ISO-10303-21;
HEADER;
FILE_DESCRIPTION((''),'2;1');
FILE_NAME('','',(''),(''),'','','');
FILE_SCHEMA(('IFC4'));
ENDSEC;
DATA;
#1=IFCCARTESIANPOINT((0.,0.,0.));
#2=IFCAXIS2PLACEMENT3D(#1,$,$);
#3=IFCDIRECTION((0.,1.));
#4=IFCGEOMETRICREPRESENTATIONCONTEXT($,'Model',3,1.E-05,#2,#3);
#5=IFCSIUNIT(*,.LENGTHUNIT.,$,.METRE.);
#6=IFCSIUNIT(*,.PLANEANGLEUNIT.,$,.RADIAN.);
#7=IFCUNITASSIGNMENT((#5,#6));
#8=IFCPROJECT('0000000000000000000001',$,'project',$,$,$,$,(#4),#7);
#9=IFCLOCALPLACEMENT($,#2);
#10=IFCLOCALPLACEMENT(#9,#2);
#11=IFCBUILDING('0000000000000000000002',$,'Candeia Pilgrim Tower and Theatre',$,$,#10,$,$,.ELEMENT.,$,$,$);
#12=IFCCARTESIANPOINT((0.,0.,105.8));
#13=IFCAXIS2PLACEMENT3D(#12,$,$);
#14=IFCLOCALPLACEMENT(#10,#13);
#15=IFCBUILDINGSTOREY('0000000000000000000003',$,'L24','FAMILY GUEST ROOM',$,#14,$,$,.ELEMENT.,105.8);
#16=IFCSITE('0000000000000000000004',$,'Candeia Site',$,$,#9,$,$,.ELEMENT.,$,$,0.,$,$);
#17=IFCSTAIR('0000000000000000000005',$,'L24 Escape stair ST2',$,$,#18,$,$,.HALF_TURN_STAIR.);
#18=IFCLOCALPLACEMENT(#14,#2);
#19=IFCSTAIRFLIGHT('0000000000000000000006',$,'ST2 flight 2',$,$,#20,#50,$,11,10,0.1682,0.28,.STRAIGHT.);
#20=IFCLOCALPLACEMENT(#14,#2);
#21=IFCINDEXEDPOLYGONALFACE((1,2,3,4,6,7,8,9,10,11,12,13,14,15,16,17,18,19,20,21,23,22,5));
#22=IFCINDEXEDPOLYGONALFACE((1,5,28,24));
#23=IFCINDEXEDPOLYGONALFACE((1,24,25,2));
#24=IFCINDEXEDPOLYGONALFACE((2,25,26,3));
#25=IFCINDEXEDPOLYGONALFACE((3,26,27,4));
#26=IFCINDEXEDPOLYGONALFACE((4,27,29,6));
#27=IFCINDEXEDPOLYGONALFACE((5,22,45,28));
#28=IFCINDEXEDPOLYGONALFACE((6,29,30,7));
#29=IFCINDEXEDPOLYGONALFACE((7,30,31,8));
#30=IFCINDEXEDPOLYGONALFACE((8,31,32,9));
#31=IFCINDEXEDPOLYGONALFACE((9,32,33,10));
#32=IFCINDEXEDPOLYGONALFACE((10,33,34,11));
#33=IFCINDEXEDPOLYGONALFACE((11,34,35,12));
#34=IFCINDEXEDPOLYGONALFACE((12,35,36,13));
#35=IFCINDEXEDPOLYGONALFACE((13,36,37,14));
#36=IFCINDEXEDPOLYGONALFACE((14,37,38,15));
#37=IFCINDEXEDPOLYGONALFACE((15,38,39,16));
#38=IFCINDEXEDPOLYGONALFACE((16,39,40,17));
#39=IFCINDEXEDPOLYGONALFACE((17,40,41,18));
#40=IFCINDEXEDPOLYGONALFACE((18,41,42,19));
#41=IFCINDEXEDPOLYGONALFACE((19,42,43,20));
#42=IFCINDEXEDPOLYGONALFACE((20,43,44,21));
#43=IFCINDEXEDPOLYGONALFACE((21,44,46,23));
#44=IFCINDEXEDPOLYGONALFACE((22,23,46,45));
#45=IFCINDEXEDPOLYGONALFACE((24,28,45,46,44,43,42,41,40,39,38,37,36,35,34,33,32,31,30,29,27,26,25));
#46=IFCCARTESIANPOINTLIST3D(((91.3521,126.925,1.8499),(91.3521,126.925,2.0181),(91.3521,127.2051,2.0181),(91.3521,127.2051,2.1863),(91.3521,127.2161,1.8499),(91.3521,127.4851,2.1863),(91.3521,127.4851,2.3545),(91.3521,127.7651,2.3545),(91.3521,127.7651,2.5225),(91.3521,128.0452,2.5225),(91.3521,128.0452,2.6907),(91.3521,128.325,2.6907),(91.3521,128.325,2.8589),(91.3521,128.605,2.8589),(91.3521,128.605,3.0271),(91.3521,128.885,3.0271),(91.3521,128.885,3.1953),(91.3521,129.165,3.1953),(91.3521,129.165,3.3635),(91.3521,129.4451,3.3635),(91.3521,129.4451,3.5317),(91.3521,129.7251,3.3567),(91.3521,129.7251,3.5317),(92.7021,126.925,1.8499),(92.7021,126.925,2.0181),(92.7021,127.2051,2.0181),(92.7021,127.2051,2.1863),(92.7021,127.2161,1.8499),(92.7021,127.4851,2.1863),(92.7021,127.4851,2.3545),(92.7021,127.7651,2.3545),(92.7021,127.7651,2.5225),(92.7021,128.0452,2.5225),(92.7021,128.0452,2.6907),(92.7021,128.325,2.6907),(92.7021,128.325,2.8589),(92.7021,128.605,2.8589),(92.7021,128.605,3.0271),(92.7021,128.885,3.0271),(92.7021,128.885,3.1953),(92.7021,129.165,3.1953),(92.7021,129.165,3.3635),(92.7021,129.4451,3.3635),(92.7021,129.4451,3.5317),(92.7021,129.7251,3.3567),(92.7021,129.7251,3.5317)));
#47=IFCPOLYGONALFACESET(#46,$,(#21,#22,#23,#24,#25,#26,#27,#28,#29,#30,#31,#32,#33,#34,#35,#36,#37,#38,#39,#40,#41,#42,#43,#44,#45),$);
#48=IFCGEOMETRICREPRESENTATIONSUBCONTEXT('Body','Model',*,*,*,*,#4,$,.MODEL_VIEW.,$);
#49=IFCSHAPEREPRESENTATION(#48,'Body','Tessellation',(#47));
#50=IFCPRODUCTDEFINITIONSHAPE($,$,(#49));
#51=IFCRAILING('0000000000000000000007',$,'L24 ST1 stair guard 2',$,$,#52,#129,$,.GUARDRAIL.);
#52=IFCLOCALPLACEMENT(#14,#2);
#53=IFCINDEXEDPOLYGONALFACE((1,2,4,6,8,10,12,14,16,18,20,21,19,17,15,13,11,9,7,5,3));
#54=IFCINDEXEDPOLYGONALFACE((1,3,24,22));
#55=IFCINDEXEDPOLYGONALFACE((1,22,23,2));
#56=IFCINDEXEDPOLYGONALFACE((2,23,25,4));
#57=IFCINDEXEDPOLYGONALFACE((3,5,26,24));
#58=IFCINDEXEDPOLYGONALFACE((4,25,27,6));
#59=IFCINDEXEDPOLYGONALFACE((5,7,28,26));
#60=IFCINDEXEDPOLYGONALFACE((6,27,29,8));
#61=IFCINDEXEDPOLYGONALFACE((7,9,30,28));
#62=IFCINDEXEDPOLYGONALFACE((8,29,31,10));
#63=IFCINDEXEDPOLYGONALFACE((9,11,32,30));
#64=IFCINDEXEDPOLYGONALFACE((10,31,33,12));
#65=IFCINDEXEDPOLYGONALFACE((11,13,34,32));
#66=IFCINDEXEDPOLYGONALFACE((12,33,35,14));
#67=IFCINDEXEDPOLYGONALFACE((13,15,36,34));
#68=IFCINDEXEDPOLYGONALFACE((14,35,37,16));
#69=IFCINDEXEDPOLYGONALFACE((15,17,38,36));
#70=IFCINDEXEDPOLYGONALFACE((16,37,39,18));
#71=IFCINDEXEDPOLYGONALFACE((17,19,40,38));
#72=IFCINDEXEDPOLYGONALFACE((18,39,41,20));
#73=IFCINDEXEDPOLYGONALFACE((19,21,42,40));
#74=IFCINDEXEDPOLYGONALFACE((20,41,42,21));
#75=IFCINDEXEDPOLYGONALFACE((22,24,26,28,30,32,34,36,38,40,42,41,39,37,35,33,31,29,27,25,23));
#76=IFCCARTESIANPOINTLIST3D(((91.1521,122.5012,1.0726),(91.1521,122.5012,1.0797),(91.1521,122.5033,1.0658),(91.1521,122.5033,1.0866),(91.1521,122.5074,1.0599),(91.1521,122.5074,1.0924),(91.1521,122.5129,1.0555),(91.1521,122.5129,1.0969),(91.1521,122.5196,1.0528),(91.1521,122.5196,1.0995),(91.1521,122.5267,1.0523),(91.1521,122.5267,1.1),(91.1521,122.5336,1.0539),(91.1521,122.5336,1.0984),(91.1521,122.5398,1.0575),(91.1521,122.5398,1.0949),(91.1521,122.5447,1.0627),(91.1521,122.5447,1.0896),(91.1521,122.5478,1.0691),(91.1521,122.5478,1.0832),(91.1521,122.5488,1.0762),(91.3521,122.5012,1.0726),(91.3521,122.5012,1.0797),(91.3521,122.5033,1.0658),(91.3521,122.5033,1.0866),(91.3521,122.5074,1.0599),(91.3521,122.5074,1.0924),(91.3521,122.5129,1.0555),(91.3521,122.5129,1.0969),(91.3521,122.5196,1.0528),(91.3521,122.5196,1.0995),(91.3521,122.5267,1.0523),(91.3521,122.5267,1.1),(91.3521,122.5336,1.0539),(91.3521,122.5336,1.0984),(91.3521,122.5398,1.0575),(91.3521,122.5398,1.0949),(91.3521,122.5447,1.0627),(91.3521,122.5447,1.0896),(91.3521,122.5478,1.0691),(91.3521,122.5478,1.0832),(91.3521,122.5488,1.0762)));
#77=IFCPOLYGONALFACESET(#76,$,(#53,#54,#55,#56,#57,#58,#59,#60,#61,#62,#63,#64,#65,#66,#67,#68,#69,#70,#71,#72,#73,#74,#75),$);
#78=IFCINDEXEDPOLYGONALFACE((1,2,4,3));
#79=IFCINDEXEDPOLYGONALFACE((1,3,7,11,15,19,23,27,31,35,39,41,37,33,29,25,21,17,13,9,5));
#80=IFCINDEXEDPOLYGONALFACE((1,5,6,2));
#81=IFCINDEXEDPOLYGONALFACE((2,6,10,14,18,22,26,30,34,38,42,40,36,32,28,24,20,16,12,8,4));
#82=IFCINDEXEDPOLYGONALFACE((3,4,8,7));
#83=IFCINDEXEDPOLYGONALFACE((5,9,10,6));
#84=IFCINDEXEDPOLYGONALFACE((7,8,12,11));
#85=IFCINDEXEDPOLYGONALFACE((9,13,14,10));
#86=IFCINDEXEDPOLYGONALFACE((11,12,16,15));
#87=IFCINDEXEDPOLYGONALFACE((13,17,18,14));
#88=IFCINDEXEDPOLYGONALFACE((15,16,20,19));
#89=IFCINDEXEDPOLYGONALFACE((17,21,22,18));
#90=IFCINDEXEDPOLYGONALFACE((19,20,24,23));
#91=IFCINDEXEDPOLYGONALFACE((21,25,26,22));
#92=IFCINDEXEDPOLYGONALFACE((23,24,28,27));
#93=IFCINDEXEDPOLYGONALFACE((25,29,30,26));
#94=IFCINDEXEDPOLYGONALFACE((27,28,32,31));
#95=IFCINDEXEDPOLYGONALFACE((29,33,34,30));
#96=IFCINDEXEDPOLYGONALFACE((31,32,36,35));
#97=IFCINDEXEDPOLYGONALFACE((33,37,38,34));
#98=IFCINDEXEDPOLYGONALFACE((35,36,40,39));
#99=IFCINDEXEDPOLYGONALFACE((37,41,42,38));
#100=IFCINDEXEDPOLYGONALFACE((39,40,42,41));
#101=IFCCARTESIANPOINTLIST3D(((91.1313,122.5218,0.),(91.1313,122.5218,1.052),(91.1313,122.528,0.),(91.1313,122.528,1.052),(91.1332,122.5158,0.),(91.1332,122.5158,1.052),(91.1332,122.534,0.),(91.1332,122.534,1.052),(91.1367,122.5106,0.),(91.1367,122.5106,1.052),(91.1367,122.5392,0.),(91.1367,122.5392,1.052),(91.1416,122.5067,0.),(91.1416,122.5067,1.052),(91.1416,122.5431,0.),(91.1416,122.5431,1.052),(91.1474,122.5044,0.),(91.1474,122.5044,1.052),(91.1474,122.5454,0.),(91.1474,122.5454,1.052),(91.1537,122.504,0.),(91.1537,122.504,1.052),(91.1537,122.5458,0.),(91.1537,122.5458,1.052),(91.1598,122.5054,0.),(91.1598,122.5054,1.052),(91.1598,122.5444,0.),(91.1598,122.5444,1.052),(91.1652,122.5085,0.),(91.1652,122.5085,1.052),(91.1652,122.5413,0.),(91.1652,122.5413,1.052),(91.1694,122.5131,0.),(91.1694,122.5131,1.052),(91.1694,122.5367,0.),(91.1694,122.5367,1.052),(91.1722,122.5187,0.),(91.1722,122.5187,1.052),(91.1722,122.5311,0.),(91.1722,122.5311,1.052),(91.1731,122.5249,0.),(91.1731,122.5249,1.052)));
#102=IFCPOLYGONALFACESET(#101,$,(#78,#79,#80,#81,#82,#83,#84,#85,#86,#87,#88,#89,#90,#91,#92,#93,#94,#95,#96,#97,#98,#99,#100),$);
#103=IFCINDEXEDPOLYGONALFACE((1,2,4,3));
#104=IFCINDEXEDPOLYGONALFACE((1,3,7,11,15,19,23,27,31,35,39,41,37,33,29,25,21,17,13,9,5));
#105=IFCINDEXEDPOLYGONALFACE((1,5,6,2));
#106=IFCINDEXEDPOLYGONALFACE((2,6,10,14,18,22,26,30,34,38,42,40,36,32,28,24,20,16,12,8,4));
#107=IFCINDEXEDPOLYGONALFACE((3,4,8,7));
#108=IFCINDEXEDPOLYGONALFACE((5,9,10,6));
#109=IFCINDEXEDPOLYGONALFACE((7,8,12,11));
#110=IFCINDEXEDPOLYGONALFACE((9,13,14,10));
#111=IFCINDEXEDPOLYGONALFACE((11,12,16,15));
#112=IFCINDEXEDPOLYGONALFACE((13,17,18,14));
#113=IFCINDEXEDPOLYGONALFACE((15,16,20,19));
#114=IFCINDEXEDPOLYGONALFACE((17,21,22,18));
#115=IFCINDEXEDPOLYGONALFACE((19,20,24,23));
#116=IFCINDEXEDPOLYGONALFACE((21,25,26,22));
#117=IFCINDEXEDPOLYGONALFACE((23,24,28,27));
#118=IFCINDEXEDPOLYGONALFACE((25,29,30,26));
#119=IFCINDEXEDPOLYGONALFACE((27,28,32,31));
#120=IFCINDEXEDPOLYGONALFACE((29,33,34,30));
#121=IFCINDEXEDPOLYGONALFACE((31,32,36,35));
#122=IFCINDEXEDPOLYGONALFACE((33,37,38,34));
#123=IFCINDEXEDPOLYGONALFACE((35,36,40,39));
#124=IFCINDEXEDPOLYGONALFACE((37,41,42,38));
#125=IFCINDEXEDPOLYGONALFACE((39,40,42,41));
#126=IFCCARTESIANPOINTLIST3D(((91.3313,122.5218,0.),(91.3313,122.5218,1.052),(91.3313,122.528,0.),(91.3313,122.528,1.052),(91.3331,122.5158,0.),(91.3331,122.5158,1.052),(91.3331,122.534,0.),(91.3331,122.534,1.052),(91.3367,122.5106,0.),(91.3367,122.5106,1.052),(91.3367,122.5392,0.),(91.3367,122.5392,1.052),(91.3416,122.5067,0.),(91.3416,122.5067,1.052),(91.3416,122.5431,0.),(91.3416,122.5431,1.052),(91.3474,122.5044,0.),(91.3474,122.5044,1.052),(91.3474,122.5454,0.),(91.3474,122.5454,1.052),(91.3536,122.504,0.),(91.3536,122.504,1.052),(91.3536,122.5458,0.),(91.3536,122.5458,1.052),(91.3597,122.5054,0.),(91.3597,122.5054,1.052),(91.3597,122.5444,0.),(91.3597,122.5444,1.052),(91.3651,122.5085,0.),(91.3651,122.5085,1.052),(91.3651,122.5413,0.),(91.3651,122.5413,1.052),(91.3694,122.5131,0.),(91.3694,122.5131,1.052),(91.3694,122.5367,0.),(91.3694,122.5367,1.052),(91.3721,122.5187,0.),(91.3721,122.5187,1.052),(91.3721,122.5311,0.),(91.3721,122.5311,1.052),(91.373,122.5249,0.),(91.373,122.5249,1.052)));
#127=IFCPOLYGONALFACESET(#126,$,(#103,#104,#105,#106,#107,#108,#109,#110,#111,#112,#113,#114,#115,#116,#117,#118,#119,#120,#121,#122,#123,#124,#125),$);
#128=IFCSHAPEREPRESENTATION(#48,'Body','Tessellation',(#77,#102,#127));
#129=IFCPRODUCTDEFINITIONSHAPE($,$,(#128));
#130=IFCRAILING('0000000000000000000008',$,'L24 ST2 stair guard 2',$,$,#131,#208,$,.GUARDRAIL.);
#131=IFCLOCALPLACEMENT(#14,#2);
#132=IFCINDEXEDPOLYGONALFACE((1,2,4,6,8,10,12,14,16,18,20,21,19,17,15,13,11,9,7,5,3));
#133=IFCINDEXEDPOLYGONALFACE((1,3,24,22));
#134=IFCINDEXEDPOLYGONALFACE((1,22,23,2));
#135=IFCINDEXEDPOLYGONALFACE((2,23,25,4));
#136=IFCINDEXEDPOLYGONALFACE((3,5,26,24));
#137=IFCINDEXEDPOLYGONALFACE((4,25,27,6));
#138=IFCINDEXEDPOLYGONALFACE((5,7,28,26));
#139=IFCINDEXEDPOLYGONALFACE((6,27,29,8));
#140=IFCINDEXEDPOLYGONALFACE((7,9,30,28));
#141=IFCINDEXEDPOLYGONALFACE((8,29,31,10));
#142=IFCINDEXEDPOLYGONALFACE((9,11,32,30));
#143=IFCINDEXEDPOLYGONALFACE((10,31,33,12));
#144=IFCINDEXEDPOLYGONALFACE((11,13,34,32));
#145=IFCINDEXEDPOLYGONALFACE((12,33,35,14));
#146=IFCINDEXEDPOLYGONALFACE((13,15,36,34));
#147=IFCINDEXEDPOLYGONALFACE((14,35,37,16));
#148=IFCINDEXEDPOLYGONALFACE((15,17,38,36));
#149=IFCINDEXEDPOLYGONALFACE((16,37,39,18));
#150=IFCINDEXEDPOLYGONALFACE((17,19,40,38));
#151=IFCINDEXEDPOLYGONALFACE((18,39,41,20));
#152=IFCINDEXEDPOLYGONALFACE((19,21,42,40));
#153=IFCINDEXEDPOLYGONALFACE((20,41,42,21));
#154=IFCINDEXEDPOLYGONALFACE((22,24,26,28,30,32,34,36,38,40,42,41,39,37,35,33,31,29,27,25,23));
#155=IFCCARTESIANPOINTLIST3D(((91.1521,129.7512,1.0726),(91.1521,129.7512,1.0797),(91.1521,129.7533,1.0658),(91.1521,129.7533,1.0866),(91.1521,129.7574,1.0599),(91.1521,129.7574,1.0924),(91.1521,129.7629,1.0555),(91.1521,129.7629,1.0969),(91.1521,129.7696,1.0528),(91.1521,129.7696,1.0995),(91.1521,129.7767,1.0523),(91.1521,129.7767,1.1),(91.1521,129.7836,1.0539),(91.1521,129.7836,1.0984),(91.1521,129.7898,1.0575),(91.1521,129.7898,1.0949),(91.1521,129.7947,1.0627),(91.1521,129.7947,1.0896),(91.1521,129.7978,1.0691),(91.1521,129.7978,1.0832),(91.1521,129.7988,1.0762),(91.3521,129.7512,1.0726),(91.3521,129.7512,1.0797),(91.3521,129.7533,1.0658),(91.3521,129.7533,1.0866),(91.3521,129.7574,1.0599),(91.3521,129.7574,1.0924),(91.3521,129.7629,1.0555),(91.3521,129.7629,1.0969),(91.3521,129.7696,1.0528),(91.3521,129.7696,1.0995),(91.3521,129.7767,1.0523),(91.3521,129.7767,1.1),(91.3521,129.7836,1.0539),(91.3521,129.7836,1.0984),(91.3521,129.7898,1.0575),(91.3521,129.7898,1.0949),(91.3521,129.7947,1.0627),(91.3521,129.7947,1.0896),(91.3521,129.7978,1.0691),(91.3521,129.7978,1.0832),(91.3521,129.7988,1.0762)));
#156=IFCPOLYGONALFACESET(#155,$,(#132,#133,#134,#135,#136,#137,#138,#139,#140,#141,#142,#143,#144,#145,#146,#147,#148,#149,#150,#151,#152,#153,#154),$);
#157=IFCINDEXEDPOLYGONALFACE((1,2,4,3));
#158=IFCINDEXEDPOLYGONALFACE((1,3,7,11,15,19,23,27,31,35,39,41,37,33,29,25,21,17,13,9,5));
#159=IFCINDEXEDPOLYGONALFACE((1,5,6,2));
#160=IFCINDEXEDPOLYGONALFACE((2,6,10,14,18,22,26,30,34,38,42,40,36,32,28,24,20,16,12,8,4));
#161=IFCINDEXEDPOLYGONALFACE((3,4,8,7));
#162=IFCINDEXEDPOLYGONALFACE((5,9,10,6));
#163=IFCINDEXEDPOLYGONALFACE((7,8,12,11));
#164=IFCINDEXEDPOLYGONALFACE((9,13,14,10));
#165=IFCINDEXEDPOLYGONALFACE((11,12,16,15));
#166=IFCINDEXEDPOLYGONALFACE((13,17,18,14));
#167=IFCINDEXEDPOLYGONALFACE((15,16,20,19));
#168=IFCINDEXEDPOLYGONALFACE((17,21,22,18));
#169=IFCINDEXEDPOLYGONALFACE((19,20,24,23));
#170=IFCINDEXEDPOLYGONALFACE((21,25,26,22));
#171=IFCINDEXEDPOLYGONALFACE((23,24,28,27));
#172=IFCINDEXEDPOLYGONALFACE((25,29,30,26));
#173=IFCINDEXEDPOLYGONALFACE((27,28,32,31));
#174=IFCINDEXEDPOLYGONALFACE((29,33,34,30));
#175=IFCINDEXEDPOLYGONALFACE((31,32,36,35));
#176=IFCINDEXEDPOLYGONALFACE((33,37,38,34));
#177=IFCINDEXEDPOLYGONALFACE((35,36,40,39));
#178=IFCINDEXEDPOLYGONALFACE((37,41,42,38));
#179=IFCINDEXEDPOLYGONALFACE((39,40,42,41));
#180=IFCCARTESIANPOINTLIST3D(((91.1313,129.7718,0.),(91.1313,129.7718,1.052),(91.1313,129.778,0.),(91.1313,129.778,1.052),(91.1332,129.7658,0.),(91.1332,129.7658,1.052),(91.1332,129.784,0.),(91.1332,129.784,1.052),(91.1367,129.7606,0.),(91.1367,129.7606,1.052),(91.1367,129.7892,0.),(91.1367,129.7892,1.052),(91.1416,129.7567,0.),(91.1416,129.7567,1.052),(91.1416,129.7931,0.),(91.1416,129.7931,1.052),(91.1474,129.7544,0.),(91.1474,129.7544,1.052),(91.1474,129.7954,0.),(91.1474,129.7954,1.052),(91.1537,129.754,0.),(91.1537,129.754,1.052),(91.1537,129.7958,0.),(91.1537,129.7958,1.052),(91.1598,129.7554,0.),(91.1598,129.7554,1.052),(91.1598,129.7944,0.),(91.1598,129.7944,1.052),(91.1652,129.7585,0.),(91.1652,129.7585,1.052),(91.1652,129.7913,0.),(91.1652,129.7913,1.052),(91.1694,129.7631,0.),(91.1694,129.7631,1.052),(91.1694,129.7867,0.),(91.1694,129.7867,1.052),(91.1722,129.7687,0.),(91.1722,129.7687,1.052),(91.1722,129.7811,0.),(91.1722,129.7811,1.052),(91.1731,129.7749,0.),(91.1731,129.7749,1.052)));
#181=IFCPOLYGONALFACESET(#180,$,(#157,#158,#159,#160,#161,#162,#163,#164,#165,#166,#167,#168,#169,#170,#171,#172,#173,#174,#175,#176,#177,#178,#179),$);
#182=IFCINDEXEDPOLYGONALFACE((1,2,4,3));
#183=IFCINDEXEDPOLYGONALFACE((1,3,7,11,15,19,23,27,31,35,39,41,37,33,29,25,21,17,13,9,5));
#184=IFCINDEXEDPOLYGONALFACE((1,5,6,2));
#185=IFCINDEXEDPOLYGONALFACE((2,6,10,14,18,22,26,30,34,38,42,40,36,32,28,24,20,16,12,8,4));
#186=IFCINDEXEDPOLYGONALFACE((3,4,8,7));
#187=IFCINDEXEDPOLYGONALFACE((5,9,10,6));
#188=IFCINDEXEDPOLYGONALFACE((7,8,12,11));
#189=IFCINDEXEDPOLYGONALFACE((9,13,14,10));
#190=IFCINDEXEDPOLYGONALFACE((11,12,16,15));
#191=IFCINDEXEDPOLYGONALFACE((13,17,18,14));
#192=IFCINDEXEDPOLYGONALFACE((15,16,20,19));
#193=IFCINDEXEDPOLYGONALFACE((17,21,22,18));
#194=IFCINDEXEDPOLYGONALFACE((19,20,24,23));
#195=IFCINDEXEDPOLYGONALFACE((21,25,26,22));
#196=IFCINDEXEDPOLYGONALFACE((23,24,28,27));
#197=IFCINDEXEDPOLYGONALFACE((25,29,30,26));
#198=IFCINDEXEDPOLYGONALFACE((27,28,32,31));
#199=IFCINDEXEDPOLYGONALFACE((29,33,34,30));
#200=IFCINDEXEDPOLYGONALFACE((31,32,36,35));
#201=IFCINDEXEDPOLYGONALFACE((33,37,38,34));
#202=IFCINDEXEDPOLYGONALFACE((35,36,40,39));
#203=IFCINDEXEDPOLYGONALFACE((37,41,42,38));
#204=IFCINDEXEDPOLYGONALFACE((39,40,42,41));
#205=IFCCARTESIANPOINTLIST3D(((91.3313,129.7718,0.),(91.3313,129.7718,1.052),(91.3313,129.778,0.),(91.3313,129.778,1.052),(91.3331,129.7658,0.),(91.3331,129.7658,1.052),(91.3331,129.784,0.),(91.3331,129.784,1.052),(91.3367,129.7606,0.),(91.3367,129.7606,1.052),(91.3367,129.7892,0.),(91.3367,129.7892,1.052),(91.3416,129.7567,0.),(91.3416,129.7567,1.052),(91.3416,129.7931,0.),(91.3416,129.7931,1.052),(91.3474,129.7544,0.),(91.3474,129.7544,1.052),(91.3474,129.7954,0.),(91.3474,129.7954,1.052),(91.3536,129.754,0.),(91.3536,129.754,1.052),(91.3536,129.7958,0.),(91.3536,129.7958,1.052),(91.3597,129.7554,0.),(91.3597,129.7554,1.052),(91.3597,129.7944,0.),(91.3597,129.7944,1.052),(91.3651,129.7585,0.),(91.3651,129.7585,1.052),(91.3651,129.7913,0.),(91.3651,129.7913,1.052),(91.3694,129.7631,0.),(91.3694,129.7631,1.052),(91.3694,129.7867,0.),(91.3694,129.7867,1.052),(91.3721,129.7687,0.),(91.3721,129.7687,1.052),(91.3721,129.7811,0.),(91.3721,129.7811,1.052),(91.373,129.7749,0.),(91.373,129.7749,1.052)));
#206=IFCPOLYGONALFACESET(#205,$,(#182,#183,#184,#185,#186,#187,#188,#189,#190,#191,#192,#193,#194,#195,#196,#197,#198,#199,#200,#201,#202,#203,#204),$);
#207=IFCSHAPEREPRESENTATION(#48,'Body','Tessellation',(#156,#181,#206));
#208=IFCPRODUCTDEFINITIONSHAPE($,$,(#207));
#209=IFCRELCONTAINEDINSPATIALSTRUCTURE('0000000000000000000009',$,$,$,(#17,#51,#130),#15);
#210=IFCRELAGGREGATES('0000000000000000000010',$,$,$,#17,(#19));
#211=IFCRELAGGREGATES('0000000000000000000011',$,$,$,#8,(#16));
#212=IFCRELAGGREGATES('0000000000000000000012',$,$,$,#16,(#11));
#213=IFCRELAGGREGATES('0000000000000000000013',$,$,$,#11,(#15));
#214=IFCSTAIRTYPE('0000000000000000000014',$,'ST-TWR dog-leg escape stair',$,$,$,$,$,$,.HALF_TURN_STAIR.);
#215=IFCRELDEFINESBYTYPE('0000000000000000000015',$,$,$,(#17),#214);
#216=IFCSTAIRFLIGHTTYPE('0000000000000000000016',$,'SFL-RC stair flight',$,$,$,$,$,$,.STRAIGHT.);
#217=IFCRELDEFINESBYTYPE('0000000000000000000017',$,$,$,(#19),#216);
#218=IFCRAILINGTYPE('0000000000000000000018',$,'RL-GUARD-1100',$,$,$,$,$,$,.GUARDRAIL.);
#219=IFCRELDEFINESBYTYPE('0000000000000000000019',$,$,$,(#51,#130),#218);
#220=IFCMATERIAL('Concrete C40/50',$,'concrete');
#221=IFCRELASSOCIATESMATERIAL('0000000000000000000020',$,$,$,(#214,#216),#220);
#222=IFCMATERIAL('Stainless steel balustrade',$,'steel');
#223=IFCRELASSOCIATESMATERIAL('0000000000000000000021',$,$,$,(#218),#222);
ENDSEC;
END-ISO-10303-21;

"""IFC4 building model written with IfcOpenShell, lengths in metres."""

from ifc_helpers import new_model, si_unit, direction, frame, origin, origin_2d, place, context, subcontext, project, spatial, polyline, circle, outline, extrude, material, type_object, element, aggregate, save


model = new_model("IFC4")

# Units and contexts
model_context = context("Model", 3, precision=1e-05, world=origin(), true_north=direction((0.0, 1.0)))
body_context = subcontext(model_context, "Body", "Model", "MODEL_VIEW")
ifc_project = project(units=[si_unit("LENGTHUNIT", "METRE"), si_unit("PLANEANGLEUNIT", "RADIAN")], contexts=[model_context])

# Site, building, storey
site_placement = place(None, origin())
site = spatial("IfcSite", under=ifc_project, at=site_placement, Name="Candeia Site", CompositionType="ELEMENT", RefElevation=0.0)
building_placement = place(site_placement, origin())
building = spatial("IfcBuilding", under=site, at=building_placement, Name="Candeia Pilgrim Tower and Theatre", CompositionType="ELEMENT")
storey_placement = place(building_placement, frame((0.0, 0.0, 105.8)))
storey = spatial("IfcBuildingStorey", under=building, at=storey_placement, Name="L24", Description="FAMILY GUEST ROOM", CompositionType="ELEMENT", Elevation=105.8)

# Shared definitions
ifc_material_1 = material(Name="Concrete C40/50", Category="concrete")

# Stair, stair flight
stair_type = type_object("IfcStairType", Name="ST-TWR dog-leg escape stair", PredefinedType="HALF_TURN_STAIR", material=ifc_material_1)
stair_flight_type = type_object("IfcStairFlightType", Name="SFL-RC stair flight", PredefinedType="STRAIGHT", material=ifc_material_1)
stair_1_placement = place(storey_placement, origin())
stair_1 = element("IfcStair", 1, at=stair_1_placement, inside=storey, type_object=stair_type, Name="L24 Escape stair ST2", PredefinedType="HALF_TURN_STAIR")
stair_flight_1_placement = place(storey_placement, frame((92.0271, 126.925, 1.8499), z_axis=(0.0, 0.0, 1.0), x_axis=(0.0, 1.0, 0.0)))
stair_flight_1 = element("IfcStairFlight", 2, at=stair_flight_1_placement, type_object=stair_flight_type, Name="ST2 flight 2", NumberOfRisers=11, NumberOfTreads=10, PredefinedType="STRAIGHT", RiserHeight=0.1682, TreadLength=0.28, context=body_context, shape_type="SweptSolid", body=[
    extrude(outline(polyline([(0.0, 0.0), (0.0, 0.1682), (0.28, 0.1682), (0.28, 0.3364), (0.5601, 0.3364), (0.5601, 0.5046), (0.8401, 0.5046), (0.8401, 0.6726), (1.1201, 0.6726), (1.1201, 0.8408), (1.3999, 0.8408), (1.3999, 1.009), (1.6799, 1.009), (1.6799, 1.1772), (1.96, 1.1772), (1.96, 1.3455), (2.24, 1.3455), (2.24, 1.5137), (2.52, 1.5137), (2.52, 1.6819), (2.8, 1.6819), (2.8, 1.8501), (2.8, 1.5068), (0.291, 0.0), (0.0, 0.0)])), frame((0.0, 0.675, 0.0), z_axis=(0.0, -1.0, 0.0), x_axis=(1.0, 0.0, 0.0)), (0.0, 0.0, 1.0), 1.3501),
])
aggregate(stair_1, [stair_flight_1])

# Railings
ifc_material_2 = material(Name="Stainless steel balustrade", Category="steel")
railing_type_1 = type_object("IfcRailingType", Name="RL-GUARD-1100", PredefinedType="GUARDRAIL", material=ifc_material_2)
railing_1_placement = place(storey_placement, frame((91.1521, 122.5249, 0.0)))
element("IfcRailing", 3, at=railing_1_placement, inside=storey, type_object=railing_type_1, Name="L24 ST1 stair guard 2", PredefinedType="GUARDRAIL", context=body_context, shape_type="SweptSolid", body=[
    extrude(circle(Radius=0.0239, at=origin_2d()), frame((0.0, 0.0, 1.0762), z_axis=(1.0, 0.0, 0.0), x_axis=(0.0, 1.0, 0.0)), (0.0, 0.0, 1.0), 0.2),
    extrude(circle(Radius=0.021, at=origin_2d()), origin(), (0.0, 0.0, 1.0), 1.052),
    extrude(circle(Radius=0.021, at=origin_2d()), frame((0.2, 0.0, 0.0)), (0.0, 0.0, 1.0), 1.052),
])
railing_2_placement = place(storey_placement, frame((91.1521, 129.7749, 0.0)))
element("IfcRailing", 4, at=railing_2_placement, inside=storey, type_object=railing_type_1, Name="L24 ST2 stair guard 2", PredefinedType="GUARDRAIL", context=body_context, shape_type="SweptSolid", body=[
    extrude(circle(Radius=0.0239, at=origin_2d()), frame((0.0, 0.0, 1.0762), z_axis=(1.0, 0.0, 0.0), x_axis=(0.0, 1.0, 0.0)), (0.0, 0.0, 1.0), 0.2),
    extrude(circle(Radius=0.021, at=origin_2d()), origin(), (0.0, 0.0, 1.0), 1.052),
    extrude(circle(Radius=0.021, at=origin_2d()), frame((0.2, 0.0, 0.0)), (0.0, 0.0, 1.0), 1.052),
])

save(model, "model.ifc")
